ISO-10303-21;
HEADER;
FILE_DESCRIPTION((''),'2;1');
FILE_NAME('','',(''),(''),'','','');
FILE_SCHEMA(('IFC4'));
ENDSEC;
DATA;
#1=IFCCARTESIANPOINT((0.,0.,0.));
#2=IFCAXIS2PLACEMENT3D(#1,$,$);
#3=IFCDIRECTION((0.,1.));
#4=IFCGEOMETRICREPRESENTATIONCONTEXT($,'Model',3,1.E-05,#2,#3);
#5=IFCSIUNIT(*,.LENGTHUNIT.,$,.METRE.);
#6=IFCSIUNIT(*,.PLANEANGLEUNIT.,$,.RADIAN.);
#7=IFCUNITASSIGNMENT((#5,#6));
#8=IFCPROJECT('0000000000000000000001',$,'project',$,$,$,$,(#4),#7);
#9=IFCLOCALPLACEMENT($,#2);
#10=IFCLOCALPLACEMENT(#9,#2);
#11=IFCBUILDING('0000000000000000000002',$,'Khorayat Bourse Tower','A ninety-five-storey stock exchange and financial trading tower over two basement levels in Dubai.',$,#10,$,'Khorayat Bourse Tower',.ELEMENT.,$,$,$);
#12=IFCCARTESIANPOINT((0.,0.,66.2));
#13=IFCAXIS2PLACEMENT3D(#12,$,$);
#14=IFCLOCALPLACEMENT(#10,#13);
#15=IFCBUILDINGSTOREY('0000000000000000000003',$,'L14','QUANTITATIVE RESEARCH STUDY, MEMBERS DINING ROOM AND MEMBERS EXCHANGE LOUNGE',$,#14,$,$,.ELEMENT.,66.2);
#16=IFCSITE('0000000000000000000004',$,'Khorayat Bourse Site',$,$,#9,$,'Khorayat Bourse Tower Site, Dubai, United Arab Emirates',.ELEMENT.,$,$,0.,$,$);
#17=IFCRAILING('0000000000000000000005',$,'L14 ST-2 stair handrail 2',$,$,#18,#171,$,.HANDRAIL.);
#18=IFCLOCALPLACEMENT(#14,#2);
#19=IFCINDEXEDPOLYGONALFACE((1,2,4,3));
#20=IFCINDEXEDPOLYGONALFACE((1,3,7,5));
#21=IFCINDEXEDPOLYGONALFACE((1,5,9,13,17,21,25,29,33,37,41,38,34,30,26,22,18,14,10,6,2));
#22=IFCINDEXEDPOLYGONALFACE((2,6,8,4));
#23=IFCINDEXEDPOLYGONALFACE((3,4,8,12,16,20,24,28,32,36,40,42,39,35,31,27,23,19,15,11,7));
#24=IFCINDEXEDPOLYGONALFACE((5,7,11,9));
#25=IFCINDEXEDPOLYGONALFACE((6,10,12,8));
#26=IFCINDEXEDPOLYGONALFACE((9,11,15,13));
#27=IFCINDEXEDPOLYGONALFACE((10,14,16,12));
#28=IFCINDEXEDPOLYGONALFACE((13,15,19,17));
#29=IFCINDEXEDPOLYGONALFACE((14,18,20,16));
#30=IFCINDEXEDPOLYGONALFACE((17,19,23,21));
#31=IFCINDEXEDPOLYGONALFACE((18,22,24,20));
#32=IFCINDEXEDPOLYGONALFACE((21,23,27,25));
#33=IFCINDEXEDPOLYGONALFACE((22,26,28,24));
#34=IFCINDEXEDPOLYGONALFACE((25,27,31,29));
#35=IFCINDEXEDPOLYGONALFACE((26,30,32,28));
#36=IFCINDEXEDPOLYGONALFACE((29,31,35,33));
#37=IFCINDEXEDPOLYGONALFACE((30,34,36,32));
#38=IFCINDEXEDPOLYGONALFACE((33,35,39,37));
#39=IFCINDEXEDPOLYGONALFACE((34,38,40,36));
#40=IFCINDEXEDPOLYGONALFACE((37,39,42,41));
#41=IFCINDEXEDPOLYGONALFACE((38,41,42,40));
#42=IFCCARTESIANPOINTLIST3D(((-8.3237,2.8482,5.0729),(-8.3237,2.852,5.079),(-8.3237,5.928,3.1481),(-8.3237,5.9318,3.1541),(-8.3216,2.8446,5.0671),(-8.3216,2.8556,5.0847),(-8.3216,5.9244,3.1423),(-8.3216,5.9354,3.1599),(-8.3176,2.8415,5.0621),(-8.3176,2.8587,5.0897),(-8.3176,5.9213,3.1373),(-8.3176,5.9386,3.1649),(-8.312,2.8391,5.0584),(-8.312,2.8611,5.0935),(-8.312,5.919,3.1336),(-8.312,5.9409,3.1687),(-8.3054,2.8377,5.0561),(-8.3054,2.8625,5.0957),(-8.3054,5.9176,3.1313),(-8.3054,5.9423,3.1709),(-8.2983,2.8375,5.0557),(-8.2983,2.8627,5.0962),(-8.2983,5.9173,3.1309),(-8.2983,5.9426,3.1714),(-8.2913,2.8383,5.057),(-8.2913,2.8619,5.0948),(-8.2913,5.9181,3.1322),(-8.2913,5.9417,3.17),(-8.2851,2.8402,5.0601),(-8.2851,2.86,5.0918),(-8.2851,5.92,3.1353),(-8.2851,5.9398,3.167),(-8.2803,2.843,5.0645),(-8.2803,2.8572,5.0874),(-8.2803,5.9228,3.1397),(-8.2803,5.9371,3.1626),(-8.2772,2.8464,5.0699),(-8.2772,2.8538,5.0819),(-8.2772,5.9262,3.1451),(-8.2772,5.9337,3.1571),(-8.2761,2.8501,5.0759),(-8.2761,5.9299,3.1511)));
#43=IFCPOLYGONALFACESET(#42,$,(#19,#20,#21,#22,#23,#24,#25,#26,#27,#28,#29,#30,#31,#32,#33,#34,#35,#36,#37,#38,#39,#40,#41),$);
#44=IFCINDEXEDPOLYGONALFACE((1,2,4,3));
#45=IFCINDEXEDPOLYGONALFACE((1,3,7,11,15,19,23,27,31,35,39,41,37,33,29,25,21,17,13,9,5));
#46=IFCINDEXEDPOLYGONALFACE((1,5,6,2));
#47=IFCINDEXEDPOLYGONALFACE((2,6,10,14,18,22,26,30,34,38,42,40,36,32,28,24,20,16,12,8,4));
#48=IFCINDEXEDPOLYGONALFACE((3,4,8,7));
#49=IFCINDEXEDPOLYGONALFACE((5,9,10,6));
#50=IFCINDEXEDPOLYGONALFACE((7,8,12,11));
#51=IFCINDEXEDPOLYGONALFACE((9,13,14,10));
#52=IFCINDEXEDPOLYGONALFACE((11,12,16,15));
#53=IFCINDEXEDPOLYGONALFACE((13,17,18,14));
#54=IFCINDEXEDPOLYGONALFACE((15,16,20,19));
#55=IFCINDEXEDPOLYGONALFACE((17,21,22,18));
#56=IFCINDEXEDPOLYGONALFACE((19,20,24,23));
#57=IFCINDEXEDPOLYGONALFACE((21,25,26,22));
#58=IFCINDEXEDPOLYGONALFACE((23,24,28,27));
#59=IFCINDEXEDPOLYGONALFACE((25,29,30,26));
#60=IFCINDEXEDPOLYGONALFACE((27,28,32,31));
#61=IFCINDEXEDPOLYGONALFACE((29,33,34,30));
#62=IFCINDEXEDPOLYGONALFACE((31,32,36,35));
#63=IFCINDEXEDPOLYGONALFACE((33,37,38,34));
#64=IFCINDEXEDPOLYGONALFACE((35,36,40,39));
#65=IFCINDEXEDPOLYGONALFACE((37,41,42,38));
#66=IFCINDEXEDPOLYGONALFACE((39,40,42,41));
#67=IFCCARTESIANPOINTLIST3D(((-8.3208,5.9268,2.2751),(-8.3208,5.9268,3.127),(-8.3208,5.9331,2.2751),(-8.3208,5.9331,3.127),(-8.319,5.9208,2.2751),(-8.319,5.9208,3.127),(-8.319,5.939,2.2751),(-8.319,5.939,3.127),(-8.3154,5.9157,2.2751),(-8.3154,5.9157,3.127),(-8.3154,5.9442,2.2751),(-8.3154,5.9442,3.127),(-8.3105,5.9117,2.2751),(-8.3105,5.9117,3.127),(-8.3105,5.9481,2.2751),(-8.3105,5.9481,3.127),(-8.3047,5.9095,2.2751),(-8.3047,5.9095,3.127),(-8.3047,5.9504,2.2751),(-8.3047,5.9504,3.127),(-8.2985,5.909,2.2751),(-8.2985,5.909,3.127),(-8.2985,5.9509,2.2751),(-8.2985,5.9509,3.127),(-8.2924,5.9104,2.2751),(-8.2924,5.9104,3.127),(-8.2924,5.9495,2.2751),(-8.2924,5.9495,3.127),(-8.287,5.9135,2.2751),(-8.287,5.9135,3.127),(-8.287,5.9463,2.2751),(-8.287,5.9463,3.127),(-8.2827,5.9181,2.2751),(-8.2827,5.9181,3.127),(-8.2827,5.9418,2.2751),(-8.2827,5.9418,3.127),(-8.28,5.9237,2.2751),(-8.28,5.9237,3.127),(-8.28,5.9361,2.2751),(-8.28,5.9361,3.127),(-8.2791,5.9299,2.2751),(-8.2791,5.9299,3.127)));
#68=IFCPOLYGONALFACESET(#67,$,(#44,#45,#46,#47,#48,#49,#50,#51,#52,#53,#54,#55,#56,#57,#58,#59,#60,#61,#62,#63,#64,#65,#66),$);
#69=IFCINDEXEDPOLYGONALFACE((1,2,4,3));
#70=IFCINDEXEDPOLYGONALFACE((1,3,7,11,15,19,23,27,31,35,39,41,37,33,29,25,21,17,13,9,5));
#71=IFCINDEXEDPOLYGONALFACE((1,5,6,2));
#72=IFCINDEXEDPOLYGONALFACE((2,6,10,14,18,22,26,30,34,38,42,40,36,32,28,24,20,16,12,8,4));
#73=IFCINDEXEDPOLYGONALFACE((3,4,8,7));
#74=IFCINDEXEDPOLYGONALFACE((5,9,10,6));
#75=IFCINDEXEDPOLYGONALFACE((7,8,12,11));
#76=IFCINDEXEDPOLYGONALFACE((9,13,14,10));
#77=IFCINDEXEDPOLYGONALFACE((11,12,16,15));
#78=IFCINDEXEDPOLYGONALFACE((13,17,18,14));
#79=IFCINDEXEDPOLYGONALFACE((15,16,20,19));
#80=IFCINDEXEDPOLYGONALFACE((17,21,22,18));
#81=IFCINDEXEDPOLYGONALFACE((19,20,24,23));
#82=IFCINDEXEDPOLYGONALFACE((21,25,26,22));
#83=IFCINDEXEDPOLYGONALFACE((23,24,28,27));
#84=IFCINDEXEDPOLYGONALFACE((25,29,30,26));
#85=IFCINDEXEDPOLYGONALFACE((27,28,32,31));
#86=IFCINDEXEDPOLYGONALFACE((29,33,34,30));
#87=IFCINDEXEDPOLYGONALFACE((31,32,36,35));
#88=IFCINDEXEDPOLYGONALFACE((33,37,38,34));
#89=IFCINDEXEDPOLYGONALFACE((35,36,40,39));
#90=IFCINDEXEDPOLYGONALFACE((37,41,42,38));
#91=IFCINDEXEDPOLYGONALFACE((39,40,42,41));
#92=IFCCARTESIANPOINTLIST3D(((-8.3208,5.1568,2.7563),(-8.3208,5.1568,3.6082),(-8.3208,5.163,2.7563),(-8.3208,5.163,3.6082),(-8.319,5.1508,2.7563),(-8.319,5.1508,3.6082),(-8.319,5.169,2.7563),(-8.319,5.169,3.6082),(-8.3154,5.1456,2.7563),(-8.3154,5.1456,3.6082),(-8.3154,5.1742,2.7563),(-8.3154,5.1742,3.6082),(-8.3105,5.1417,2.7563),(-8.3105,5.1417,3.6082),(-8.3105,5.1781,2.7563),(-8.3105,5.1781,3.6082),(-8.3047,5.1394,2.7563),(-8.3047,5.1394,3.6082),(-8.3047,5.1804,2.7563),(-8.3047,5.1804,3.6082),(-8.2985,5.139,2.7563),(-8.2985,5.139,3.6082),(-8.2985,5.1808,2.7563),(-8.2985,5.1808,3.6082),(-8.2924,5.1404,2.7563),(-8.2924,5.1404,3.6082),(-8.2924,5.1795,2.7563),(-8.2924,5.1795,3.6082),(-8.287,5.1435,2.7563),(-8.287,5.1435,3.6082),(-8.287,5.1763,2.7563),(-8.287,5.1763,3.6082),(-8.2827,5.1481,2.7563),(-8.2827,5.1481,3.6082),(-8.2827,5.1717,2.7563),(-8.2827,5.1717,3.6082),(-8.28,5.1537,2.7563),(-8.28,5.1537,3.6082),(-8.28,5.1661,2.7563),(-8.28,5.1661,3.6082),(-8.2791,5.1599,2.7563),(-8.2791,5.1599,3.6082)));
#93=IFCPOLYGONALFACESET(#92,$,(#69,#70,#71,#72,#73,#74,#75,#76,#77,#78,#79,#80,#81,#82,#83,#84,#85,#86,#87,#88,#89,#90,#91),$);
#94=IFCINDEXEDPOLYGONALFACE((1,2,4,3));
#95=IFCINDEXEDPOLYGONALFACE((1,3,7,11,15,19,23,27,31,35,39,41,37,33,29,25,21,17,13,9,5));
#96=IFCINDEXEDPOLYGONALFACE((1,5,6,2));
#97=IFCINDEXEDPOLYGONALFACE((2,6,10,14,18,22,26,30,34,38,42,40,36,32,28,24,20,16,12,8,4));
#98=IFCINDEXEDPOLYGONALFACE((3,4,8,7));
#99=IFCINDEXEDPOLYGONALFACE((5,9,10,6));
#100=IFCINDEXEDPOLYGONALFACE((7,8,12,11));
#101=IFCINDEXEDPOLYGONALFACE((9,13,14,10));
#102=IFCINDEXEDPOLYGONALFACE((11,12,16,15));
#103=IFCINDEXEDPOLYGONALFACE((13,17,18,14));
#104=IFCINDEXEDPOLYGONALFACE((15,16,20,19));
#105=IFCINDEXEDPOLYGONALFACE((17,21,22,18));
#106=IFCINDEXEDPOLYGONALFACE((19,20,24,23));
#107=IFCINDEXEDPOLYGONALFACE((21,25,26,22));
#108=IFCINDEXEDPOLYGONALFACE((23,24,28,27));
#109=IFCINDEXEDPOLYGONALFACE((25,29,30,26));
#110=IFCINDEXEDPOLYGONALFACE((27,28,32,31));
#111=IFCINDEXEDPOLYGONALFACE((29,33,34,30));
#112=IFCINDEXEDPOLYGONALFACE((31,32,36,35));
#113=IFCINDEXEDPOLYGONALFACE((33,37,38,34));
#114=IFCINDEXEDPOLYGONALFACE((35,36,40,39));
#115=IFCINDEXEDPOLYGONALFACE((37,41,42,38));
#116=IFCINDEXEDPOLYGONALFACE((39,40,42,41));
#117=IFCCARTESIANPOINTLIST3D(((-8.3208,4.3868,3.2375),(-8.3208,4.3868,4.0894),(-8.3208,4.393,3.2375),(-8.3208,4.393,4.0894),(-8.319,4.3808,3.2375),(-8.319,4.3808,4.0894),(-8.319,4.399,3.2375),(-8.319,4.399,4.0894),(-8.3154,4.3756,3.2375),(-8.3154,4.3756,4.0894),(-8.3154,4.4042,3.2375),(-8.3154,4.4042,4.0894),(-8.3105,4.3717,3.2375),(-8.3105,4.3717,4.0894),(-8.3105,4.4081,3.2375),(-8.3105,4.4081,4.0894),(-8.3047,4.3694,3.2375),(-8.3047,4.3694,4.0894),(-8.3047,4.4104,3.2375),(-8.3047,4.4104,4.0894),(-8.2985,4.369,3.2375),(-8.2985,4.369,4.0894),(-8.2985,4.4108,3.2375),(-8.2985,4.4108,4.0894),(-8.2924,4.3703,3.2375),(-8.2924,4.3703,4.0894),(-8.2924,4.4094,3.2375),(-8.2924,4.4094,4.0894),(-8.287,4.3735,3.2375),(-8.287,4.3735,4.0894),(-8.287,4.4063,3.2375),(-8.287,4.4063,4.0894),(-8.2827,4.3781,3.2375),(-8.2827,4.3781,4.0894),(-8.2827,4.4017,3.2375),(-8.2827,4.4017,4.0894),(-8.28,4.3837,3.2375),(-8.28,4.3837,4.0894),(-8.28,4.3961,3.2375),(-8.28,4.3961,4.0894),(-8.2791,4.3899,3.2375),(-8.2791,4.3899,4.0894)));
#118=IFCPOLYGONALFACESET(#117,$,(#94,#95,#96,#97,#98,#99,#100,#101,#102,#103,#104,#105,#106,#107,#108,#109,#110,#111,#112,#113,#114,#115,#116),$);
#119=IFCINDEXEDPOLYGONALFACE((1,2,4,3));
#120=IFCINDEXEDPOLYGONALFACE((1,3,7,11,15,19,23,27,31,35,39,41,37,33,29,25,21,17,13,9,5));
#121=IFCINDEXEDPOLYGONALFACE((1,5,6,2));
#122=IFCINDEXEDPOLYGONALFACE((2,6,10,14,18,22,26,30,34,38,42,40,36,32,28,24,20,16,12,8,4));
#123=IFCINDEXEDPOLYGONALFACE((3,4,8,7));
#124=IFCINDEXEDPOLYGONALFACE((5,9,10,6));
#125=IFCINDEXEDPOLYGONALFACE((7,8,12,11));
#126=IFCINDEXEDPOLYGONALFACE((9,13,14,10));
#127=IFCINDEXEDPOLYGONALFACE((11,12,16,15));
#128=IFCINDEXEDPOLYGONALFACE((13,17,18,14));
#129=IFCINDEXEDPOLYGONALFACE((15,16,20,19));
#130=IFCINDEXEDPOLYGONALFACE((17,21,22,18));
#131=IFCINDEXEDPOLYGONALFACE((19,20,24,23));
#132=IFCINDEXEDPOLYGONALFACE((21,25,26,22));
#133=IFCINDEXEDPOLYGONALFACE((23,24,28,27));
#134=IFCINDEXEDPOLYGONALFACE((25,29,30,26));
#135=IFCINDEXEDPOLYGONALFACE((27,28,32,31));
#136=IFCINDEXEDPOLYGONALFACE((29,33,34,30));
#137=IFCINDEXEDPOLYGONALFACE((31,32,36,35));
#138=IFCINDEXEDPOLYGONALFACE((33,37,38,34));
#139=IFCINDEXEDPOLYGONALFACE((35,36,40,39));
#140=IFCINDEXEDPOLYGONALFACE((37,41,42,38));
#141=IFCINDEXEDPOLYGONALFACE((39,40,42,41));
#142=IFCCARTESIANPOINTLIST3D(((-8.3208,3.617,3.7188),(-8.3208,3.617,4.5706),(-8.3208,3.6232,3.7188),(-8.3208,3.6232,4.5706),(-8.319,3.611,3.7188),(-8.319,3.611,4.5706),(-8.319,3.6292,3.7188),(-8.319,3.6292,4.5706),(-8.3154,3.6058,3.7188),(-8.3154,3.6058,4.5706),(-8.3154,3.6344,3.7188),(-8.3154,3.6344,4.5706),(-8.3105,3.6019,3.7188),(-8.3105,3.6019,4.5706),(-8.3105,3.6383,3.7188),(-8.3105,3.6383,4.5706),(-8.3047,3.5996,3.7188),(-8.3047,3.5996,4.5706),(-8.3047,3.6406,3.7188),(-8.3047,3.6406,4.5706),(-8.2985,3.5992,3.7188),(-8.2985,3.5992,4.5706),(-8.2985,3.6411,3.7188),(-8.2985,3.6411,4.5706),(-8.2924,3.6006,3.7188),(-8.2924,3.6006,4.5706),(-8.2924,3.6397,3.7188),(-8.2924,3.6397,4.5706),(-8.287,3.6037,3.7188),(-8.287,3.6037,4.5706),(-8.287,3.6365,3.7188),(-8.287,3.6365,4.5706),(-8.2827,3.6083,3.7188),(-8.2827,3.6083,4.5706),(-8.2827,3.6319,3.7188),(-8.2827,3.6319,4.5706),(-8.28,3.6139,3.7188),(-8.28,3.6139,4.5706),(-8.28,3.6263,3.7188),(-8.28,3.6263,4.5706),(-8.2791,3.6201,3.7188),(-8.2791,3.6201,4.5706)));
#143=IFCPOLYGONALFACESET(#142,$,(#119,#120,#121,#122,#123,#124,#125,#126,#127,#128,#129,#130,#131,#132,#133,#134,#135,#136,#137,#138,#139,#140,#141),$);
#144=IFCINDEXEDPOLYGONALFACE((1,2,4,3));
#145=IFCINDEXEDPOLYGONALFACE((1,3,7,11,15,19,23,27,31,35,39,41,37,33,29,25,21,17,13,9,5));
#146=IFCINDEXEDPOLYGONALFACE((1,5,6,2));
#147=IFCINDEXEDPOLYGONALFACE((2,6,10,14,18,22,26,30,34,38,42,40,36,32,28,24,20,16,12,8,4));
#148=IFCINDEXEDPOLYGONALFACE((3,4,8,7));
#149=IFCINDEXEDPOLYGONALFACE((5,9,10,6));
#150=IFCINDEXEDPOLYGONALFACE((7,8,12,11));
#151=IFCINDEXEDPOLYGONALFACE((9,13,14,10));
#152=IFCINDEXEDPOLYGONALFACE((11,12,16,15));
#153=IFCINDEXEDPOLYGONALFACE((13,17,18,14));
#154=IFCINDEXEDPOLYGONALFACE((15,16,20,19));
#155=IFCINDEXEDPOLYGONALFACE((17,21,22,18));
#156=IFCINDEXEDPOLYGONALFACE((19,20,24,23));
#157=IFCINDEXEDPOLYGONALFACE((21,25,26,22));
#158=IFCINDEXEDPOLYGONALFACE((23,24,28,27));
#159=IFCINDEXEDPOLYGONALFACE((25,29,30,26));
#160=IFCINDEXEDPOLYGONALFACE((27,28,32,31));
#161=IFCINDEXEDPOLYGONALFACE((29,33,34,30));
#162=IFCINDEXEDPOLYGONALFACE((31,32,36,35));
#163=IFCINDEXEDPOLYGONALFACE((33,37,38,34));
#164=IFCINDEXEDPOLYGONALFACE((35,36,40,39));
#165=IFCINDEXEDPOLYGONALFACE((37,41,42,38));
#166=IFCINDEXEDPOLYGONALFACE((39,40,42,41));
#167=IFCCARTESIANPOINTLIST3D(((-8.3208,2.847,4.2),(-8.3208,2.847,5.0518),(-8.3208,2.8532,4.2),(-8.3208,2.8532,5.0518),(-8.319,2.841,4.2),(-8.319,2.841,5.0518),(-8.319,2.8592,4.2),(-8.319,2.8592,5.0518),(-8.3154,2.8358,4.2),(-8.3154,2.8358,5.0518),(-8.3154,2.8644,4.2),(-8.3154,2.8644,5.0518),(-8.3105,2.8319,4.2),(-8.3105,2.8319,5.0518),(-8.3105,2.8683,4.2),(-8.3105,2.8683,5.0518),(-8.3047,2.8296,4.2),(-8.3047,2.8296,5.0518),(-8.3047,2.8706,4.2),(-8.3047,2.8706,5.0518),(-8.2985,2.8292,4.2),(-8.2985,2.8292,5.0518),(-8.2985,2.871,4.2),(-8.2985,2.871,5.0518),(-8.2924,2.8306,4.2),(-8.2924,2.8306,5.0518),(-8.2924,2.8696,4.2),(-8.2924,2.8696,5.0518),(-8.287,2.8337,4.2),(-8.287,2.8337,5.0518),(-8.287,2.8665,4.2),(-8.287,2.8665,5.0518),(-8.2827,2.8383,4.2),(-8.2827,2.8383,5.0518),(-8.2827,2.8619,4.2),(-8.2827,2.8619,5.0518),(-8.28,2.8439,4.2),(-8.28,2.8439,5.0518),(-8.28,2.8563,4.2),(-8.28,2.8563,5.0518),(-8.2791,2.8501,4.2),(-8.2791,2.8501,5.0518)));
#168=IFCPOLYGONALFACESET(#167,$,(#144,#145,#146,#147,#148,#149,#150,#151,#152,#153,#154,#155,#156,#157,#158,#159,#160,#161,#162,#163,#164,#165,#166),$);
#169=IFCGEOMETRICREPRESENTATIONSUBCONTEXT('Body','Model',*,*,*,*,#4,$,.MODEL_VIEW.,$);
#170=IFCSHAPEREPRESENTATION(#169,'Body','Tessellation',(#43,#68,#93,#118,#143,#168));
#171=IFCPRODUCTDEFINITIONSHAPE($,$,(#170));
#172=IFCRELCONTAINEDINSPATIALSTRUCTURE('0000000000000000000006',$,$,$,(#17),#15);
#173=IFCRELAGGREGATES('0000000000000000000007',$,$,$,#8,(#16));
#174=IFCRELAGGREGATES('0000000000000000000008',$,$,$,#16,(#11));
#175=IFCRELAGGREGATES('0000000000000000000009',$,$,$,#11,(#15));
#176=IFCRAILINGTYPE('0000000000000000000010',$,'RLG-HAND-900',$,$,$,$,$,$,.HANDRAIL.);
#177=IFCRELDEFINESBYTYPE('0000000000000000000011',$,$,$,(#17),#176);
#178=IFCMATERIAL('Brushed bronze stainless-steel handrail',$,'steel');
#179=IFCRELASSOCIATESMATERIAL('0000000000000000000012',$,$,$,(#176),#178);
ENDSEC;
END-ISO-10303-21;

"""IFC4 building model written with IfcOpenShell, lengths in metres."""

from ifc_helpers import new_model, si_unit, direction, frame, origin, origin_2d, place, context, subcontext, project, spatial, circle, extrude, source, transform, mapped, material, type_object, element, save


model = new_model("IFC4")

# Units and contexts
model_context = context("Model", 3, precision=1e-05, world=origin(), true_north=direction((0.0, 1.0)))
body_context = subcontext(model_context, "Body", "Model", "MODEL_VIEW")
ifc_project = project(units=[si_unit("LENGTHUNIT", "METRE"), si_unit("PLANEANGLEUNIT", "RADIAN")], contexts=[model_context])

# Site, building, storey
site_placement = place(None, origin())
site = spatial("IfcSite", under=ifc_project, at=site_placement, Name="Khorayat Bourse Site", LongName="Khorayat Bourse Tower Site, Dubai, United Arab Emirates", CompositionType="ELEMENT", RefElevation=0.0)
building_placement = place(site_placement, origin())
building = spatial("IfcBuilding", under=site, at=building_placement, Name="Khorayat Bourse Tower", Description="A ninety-five-storey stock exchange and financial trading tower over two basement levels in Dubai.", LongName="Khorayat Bourse Tower", CompositionType="ELEMENT")
storey_placement = place(building_placement, frame((0.0, 0.0, 66.2)))
storey = spatial("IfcBuildingStorey", under=building, at=storey_placement, Name="L14", Description="QUANTITATIVE RESEARCH STUDY, MEMBERS DINING ROOM AND MEMBERS EXCHANGE LOUNGE", CompositionType="ELEMENT", Elevation=66.2)

# Railing
ifc_material_1 = material(Name="Brushed bronze stainless-steel handrail", Category="steel")
railing_type_1 = type_object("IfcRailingType", Name="RLG-HAND-900", PredefinedType="HANDRAIL", material=ifc_material_1)
shared_shape_1 = source(origin(), body_context, "Body", "SweptSolid", [
    extrude(circle(Radius=0.0239, at=origin_2d()), frame((0.0, 0.0, 0.876), z_axis=(0.0, -0.84801, 0.529981), x_axis=(1.0, 0.0, 0.0)), (0.0, 0.0, 1.0), 3.6318),
    extrude(circle(Radius=0.021, at=origin_2d()), origin(), (0.0, 0.0, 1.0), 0.8518),
    extrude(circle(Radius=0.021, at=origin_2d()), frame((0.0, -0.77, 0.4812)), (0.0, 0.0, 1.0), 0.8518),
    extrude(circle(Radius=0.021, at=origin_2d()), frame((0.0, -1.54, 0.9624)), (0.0, 0.0, 1.0), 0.8518),
    extrude(circle(Radius=0.021, at=origin_2d()), frame((0.0, -2.3098, 1.4436)), (0.0, 0.0, 1.0), 0.8518),
    extrude(circle(Radius=0.021, at=origin_2d()), frame((0.0, -3.0798, 1.9248)), (0.0, 0.0, 1.0), 0.8518),
])
railing_1_placement = place(storey_placement, frame((-8.3, 5.9299, 2.2751)))
element("IfcRailing", 1, at=railing_1_placement, inside=storey, type_object=railing_type_1, Name="L14 ST-2 stair handrail 2", PredefinedType="HANDRAIL", context=body_context, shape_type="MappedRepresentation", body=[
    mapped(shared_shape_1, transform((0.0, 0.0, 0.0), scale=1.0)),
])

save(model, "model.ifc")
